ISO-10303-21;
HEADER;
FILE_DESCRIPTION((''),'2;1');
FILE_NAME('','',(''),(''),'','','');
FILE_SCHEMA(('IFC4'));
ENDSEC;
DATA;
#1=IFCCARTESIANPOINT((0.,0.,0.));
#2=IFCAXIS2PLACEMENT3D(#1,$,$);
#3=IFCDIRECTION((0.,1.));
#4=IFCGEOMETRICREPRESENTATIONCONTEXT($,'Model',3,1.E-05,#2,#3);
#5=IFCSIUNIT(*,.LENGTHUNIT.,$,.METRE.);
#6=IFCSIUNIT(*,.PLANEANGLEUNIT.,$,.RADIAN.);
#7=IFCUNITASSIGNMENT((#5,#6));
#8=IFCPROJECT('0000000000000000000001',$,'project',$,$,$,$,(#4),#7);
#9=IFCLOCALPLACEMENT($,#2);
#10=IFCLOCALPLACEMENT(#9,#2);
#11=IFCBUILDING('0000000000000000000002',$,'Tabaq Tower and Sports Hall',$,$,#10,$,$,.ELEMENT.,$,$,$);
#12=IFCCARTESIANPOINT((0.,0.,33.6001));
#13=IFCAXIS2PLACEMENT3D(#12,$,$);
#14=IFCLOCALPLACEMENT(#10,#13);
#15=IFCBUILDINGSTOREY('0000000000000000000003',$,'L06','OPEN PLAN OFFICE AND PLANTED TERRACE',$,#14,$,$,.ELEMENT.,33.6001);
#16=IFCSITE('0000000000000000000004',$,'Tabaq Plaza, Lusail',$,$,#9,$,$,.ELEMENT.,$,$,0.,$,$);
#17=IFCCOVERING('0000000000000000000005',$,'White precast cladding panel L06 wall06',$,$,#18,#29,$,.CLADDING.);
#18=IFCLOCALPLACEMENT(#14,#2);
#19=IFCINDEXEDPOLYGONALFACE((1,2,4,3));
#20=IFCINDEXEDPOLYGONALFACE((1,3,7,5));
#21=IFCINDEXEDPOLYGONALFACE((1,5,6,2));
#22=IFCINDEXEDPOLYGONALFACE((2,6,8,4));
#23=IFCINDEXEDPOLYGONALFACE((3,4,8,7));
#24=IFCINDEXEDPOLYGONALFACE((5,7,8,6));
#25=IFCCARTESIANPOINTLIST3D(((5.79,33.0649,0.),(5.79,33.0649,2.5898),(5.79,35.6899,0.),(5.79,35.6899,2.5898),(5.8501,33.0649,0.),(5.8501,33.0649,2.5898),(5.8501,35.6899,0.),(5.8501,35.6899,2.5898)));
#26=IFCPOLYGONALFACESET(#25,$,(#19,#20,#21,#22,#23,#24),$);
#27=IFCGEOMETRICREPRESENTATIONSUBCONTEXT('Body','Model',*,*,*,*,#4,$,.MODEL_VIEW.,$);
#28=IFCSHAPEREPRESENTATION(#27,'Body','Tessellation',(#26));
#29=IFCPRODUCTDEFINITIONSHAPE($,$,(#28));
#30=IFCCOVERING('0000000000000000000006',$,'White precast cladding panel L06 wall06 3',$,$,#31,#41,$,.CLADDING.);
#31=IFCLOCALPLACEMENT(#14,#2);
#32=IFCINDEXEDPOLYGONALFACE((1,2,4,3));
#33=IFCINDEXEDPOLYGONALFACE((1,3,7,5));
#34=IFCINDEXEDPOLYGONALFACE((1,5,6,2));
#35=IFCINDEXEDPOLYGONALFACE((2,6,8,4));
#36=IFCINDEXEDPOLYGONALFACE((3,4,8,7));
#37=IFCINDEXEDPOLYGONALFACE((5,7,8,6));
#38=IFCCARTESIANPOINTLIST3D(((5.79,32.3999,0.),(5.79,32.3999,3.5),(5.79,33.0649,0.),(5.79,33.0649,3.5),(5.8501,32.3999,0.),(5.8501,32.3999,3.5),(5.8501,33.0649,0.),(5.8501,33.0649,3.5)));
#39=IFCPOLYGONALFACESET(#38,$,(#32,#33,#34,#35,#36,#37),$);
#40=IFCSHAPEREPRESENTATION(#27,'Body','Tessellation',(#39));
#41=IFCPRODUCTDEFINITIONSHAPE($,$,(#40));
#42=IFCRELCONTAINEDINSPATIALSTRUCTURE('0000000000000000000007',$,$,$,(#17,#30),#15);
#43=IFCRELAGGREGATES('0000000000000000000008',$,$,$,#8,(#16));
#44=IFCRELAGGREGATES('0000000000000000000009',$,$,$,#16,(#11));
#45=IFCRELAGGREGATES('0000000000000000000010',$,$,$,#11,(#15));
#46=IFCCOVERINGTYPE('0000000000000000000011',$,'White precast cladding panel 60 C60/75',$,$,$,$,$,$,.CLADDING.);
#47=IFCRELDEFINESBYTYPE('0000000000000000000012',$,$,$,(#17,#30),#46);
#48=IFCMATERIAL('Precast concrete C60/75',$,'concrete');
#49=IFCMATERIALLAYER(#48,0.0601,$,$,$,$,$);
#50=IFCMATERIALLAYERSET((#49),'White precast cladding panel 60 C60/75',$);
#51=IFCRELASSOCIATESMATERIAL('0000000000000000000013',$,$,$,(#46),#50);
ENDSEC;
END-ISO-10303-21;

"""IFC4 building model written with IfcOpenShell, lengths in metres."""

from ifc_helpers import new_model, si_unit, direction, frame, frame_2d, origin, place, context, subcontext, project, spatial, rectangle, extrude, material, layer, layer_set, type_object, element, save


model = new_model("IFC4")

# Units and contexts
model_context = context("Model", 3, precision=1e-05, world=origin(), true_north=direction((0.0, 1.0)))
body_context = subcontext(model_context, "Body", "Model", "MODEL_VIEW")
ifc_project = project(units=[si_unit("LENGTHUNIT", "METRE"), si_unit("PLANEANGLEUNIT", "RADIAN")], contexts=[model_context])

# Site, building, storey
site_placement = place(None, origin())
site = spatial("IfcSite", under=ifc_project, at=site_placement, Name="Tabaq Plaza, Lusail", CompositionType="ELEMENT", RefElevation=0.0)
building_placement = place(site_placement, origin())
building = spatial("IfcBuilding", under=site, at=building_placement, Name="Tabaq Tower and Sports Hall", CompositionType="ELEMENT")
storey_placement = place(building_placement, frame((0.0, 0.0, 33.6001)))
storey = spatial("IfcBuildingStorey", under=building, at=storey_placement, Name="L06", Description="OPEN PLAN OFFICE AND PLANTED TERRACE", CompositionType="ELEMENT", Elevation=33.6001)

# Coverings
ifc_material_1 = material(Name="Precast concrete C60/75", Category="concrete")
ifc_layer_1 = layer(ifc_material_1, 0.0601)
ifc_layer_set_1 = layer_set([ifc_layer_1], Name="White precast cladding panel 60 C60/75")
covering_type = type_object("IfcCoveringType", Name="White precast cladding panel 60 C60/75", PredefinedType="CLADDING", material=ifc_layer_set_1)
covering_1_placement = place(storey_placement, frame((5.8201, 35.6899, 0.0), z_axis=(0.0, 0.0, 1.0), x_axis=(0.0, -1.0, 0.0)))
element("IfcCovering", 1, at=covering_1_placement, inside=storey, type_object=covering_type, Name="White precast cladding panel L06 wall06", PredefinedType="CLADDING", context=body_context, shape_type="SweptSolid", body=[
    extrude(rectangle(XDim=2.625, YDim=0.0601, at=frame_2d((1.3125, 0.0))), origin(), (0.0, 0.0, 1.0), 2.5898),
])
covering_2_placement = place(storey_placement, frame((5.8201, 33.0649, 0.0), z_axis=(0.0, 0.0, 1.0), x_axis=(0.0, -1.0, 0.0)))
element("IfcCovering", 2, at=covering_2_placement, inside=storey, type_object=covering_type, Name="White precast cladding panel L06 wall06 3", PredefinedType="CLADDING", context=body_context, shape_type="SweptSolid", body=[
    extrude(rectangle(XDim=0.665, YDim=0.0601, at=frame_2d((0.3325, 0.0))), origin(), (0.0, 0.0, 1.0), 3.5),
])

save(model, "model.ifc")
